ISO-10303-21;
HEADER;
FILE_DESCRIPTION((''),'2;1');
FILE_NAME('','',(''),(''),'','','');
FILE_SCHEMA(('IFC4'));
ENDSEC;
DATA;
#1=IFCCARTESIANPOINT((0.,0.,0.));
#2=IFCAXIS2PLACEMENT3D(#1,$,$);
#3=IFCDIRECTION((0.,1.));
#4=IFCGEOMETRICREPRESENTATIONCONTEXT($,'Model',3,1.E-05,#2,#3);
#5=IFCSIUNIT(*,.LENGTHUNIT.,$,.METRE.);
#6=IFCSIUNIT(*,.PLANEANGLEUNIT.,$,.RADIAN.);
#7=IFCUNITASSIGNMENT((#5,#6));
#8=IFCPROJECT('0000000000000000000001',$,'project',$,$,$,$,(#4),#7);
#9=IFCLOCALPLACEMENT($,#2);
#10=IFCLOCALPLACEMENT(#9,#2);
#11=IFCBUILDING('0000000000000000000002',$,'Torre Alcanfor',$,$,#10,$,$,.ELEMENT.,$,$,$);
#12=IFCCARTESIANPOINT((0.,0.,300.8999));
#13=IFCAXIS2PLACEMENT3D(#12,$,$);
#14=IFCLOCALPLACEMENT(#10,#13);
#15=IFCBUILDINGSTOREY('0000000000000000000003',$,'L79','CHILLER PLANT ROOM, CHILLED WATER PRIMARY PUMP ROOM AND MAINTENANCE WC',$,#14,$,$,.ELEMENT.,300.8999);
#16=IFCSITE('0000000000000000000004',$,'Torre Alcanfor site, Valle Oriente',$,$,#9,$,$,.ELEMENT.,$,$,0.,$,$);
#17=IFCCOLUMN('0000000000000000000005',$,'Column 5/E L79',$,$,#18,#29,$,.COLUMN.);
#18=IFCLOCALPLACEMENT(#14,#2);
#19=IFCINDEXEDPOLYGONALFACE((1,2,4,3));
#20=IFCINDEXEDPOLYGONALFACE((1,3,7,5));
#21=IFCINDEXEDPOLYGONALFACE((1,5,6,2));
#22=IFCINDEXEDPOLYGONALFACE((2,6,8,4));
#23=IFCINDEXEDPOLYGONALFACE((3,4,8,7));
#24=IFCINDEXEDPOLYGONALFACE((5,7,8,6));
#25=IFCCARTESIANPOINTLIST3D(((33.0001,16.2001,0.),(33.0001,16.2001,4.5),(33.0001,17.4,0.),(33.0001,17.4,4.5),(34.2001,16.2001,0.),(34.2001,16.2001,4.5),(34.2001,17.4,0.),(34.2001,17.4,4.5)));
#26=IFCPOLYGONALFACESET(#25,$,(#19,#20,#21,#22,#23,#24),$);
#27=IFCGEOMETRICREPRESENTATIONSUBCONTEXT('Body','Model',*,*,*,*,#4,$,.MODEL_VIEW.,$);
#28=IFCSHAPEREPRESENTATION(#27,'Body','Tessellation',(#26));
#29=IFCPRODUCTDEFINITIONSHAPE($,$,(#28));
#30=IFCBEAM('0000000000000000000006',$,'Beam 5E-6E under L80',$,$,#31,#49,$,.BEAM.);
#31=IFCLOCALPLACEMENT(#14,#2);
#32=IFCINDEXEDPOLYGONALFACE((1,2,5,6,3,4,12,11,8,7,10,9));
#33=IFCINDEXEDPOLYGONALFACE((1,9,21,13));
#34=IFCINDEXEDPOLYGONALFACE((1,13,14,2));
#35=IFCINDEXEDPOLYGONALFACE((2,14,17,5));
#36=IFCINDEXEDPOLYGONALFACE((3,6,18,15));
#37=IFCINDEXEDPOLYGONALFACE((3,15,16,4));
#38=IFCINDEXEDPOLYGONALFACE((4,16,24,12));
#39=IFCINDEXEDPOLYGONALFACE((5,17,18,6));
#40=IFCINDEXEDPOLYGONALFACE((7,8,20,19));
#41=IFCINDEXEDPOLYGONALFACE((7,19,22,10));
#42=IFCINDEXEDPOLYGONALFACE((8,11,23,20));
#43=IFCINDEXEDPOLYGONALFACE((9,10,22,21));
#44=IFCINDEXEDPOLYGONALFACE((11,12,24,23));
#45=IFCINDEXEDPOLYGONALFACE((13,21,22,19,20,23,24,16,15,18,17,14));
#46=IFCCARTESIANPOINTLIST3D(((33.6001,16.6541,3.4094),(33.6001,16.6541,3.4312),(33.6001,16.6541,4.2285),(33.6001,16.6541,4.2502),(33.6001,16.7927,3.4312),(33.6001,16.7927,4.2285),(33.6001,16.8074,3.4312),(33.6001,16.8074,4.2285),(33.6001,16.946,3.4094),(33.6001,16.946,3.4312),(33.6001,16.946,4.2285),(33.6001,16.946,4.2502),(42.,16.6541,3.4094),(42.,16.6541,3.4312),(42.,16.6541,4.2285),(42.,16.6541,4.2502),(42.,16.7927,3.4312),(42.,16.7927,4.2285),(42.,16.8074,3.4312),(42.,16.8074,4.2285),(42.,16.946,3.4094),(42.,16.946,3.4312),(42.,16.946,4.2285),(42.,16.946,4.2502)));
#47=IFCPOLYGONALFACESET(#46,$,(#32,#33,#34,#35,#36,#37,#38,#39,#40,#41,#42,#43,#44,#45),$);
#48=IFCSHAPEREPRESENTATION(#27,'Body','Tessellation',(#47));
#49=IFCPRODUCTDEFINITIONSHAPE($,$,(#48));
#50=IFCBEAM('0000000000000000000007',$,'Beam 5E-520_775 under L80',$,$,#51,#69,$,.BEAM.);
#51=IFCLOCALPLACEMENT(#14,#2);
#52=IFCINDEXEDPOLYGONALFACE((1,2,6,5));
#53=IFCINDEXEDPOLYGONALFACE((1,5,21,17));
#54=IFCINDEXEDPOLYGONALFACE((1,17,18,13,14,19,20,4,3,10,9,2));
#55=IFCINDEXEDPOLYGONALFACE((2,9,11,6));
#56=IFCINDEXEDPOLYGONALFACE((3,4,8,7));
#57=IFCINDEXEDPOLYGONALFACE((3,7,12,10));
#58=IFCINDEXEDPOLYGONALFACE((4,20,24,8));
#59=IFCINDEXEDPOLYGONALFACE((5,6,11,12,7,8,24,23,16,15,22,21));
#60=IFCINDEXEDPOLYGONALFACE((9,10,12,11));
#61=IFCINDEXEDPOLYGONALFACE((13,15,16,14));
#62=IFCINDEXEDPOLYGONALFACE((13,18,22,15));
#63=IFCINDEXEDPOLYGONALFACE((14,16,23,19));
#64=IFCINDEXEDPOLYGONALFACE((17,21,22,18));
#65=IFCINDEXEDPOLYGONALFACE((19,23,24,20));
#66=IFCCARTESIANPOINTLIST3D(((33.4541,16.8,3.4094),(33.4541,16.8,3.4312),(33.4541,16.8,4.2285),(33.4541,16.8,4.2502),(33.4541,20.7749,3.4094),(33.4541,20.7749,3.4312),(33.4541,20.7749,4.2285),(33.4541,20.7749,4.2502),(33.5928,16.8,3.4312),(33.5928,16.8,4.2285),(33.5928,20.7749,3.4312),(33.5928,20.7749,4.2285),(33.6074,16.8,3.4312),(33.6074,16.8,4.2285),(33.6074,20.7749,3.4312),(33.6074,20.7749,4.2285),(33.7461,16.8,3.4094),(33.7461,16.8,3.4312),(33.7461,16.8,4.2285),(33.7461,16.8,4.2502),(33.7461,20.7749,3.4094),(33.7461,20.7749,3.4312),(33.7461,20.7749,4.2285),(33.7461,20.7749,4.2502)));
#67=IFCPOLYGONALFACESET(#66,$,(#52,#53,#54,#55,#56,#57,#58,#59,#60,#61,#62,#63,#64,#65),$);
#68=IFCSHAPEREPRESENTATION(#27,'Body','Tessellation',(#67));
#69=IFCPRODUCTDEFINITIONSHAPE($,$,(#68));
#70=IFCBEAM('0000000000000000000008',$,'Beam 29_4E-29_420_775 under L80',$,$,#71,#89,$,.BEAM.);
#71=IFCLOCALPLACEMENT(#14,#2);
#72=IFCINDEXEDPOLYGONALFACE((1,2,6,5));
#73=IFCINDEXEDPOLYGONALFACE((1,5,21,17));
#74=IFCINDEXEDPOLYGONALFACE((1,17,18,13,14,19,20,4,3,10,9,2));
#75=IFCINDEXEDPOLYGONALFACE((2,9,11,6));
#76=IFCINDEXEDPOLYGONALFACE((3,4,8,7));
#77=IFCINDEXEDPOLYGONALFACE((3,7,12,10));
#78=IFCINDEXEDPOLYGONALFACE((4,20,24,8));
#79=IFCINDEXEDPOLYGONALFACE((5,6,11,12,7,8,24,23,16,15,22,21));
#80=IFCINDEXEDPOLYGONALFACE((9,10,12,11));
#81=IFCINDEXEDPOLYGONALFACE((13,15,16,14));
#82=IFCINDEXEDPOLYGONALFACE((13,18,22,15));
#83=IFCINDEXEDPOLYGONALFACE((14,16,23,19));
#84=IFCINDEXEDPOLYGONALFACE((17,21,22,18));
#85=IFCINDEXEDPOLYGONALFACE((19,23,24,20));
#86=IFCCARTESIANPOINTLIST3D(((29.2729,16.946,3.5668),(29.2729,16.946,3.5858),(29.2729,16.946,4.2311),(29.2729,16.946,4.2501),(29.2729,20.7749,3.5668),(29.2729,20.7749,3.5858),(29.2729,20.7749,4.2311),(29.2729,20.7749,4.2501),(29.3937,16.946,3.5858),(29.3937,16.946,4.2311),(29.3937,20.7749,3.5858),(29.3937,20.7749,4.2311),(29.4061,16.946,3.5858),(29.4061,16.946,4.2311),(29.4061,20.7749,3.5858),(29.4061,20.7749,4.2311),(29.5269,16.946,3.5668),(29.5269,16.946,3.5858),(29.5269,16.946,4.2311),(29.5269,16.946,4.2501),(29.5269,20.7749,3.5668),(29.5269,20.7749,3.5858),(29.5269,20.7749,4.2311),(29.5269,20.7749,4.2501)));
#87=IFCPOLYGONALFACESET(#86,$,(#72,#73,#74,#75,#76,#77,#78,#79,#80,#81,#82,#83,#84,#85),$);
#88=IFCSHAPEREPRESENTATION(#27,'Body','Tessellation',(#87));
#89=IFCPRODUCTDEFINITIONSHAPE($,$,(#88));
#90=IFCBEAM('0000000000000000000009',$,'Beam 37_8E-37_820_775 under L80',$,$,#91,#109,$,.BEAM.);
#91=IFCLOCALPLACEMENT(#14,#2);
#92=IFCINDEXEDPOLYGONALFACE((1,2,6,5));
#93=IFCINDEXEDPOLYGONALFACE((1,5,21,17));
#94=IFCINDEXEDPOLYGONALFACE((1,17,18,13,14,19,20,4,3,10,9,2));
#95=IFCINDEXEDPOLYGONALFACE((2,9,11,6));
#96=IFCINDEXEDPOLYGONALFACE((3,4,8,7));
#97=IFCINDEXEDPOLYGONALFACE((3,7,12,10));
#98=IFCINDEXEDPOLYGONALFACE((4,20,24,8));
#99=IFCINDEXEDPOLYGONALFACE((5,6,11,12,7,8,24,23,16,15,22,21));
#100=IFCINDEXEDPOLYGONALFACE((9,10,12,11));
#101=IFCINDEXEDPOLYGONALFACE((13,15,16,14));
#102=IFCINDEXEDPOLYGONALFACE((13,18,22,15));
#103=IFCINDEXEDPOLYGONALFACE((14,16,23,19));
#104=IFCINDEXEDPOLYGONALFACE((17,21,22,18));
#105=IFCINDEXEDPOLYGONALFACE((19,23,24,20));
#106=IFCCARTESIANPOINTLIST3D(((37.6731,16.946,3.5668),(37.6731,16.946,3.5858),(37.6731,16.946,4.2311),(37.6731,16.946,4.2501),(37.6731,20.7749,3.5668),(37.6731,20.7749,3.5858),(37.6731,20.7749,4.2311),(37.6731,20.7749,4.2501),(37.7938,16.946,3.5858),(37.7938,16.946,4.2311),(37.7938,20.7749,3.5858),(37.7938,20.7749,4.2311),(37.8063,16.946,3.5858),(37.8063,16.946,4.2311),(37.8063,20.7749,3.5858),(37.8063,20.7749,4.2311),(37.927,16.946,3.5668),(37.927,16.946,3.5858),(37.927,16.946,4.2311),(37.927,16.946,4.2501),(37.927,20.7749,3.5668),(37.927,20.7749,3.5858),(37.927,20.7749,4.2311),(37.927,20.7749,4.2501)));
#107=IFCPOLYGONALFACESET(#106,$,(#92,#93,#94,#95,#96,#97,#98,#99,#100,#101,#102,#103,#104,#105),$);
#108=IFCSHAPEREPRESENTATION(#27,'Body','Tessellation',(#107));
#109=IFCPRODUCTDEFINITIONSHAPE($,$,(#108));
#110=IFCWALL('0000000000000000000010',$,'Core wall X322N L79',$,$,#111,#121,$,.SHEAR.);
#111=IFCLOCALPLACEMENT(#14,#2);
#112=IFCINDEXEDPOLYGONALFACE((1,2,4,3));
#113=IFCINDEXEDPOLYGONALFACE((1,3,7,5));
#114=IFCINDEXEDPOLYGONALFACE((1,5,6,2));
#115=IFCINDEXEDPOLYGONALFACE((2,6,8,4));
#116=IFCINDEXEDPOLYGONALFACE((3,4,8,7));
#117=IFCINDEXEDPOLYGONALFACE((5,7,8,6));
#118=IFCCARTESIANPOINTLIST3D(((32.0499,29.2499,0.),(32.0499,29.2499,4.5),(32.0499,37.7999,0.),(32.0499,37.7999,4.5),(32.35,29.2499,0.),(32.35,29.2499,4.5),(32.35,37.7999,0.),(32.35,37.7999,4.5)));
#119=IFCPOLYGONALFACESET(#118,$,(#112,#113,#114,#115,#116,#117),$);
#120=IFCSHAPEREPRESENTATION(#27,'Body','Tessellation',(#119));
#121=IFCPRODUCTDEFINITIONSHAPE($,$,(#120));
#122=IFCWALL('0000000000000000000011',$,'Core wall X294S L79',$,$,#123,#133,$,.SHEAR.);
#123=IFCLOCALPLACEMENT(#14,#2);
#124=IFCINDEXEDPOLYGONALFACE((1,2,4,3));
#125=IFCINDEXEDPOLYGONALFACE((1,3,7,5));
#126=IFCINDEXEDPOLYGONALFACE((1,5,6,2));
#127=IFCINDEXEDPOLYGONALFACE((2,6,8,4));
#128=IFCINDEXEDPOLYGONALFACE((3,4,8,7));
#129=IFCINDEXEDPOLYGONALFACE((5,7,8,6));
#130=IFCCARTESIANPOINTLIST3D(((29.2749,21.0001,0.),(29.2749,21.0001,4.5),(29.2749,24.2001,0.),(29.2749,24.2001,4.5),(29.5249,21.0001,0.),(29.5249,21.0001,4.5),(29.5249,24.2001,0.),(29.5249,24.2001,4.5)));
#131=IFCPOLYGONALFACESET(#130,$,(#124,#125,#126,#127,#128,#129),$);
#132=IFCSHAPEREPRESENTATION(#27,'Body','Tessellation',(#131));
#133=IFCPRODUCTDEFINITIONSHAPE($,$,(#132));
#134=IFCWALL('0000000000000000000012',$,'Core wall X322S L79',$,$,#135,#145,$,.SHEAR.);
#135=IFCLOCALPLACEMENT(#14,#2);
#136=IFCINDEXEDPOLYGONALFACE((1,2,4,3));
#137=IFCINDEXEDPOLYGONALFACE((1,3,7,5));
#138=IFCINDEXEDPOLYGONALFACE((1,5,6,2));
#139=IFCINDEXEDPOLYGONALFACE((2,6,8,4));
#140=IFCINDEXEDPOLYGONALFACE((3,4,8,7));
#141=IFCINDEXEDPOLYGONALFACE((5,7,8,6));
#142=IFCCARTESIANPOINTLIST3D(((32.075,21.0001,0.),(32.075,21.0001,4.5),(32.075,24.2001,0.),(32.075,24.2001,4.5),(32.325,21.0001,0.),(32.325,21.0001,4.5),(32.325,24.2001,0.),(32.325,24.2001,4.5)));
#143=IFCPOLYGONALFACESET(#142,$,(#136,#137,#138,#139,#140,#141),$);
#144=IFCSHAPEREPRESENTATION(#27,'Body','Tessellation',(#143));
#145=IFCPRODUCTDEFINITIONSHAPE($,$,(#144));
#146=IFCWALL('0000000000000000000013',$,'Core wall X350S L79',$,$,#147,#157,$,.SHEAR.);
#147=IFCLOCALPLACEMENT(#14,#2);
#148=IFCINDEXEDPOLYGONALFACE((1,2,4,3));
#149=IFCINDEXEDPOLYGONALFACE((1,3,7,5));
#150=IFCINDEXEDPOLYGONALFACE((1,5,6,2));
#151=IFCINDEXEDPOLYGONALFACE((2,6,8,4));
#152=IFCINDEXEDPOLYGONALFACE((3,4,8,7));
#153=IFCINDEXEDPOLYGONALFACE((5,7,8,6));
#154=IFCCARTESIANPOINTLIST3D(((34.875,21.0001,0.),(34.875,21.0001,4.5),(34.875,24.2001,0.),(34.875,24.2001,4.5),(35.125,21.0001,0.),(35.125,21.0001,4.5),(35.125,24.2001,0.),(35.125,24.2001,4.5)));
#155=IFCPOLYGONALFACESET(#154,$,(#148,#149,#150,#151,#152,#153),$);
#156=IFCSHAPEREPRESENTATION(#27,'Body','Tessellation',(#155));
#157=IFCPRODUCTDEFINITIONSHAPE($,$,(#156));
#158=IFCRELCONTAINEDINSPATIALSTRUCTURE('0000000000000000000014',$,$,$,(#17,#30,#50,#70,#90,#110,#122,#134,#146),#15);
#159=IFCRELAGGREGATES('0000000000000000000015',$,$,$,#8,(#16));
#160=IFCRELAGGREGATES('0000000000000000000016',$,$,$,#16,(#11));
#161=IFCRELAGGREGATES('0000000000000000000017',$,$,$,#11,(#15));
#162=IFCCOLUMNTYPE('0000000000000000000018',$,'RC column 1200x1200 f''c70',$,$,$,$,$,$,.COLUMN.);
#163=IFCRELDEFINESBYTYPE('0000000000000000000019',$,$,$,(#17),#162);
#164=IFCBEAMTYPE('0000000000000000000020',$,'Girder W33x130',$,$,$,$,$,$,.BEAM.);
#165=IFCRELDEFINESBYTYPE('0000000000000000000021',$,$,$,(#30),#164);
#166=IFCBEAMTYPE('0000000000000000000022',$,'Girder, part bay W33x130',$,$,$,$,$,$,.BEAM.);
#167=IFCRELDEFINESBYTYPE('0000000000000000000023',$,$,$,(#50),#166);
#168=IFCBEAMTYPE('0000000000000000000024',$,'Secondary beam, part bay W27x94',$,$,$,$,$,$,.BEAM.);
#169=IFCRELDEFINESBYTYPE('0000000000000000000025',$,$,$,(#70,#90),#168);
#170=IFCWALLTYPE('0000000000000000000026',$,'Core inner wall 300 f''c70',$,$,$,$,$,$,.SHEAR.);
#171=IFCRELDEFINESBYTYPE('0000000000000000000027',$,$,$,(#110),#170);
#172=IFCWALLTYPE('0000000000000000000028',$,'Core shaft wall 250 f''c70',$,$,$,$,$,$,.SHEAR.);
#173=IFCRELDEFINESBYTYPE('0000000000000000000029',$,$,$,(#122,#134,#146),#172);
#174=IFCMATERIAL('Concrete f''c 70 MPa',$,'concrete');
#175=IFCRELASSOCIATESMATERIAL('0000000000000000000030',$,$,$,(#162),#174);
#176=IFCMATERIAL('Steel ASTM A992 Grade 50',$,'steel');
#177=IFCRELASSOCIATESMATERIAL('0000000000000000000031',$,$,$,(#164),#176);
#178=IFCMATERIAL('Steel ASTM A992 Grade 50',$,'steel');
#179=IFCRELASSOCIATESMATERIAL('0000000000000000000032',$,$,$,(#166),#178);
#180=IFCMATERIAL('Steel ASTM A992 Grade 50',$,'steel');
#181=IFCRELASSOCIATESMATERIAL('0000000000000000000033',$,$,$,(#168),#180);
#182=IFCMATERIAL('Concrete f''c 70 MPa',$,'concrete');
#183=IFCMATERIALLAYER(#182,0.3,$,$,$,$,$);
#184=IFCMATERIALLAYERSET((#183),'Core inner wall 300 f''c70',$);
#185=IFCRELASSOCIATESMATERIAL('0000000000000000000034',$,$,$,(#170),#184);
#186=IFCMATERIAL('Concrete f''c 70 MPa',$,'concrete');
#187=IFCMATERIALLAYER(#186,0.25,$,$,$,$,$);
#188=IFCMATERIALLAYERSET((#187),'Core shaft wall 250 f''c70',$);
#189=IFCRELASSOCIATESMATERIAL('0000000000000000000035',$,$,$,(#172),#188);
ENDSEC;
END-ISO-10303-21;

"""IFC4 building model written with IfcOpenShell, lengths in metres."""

from ifc_helpers import new_model, si_unit, direction, frame, frame_2d, origin, origin_2d, place, context, subcontext, project, spatial, rectangle, i_section, extrude, material, layer, layer_set, material_profile, profile_set, type_object, element, save


model = new_model("IFC4")

# Units and contexts
model_context = context("Model", 3, precision=1e-05, world=origin(), true_north=direction((0.0, 1.0)))
body_context = subcontext(model_context, "Body", "Model", "MODEL_VIEW")
ifc_project = project(units=[si_unit("LENGTHUNIT", "METRE"), si_unit("PLANEANGLEUNIT", "RADIAN")], contexts=[model_context])

# Site, building, storey
site_placement = place(None, origin())
site = spatial("IfcSite", under=ifc_project, at=site_placement, Name="Torre Alcanfor site, Valle Oriente", CompositionType="ELEMENT", RefElevation=0.0)
building_placement = place(site_placement, origin())
building = spatial("IfcBuilding", under=site, at=building_placement, Name="Torre Alcanfor", CompositionType="ELEMENT")
storey_placement = place(building_placement, frame((0.0, 0.0, 300.8999)))
storey = spatial("IfcBuildingStorey", under=building, at=storey_placement, Name="L79", Description="CHILLER PLANT ROOM, CHILLED WATER PRIMARY PUMP ROOM AND MAINTENANCE WC", CompositionType="ELEMENT", Elevation=300.8999)

# Column
ifc_material_1 = material(Name="Concrete f'c 70 MPa", Category="concrete")
ifc_material_profile_1 = material_profile(ifc_material_1, rectangle(XDim=1.2, YDim=1.2, at=origin_2d()), Name="1200x1200")
ifc_profile_set_1 = profile_set([ifc_material_profile_1], Name="Concrete f'c 70 MPa")
column_type = type_object("IfcColumnType", Name="RC column 1200x1200 f'c70", PredefinedType="COLUMN", material=ifc_profile_set_1)
column_placement = place(storey_placement, frame((33.6001, 16.8, 0.0), z_axis=(0.0, 0.0, 1.0), x_axis=(1.0, 0.0, 0.0)))
element("IfcColumn", 1, at=column_placement, inside=storey, type_object=column_type, Name="Column 5/E L79", PredefinedType="COLUMN", context=body_context, shape_type="SweptSolid", body=[
    extrude(rectangle(XDim=1.2, YDim=1.2, at=origin_2d()), origin(), (0.0, 0.0, 1.0), 4.5),
])

# Beams
ifc_material_2 = material(Name="Steel ASTM A992 Grade 50", Category="steel")
ifc_material_profile_2 = material_profile(ifc_material_2, i_section(OverallWidth=0.292, OverallDepth=0.8408, WebThickness=0.0146, FlangeThickness=0.0217, at=origin_2d()), Name="W33x130")
ifc_profile_set_2 = profile_set([ifc_material_profile_2], Name="Steel ASTM A992 Grade 50")
beam_type_1 = type_object("IfcBeamType", Name="Girder W33x130", PredefinedType="BEAM", material=ifc_profile_set_2)
beam_1_placement = place(storey_placement, frame((33.6001, 16.8, 3.8298), z_axis=(1.0, 0.0, 0.0), x_axis=(0.0, 1.0, 0.0)))
element("IfcBeam", 2, at=beam_1_placement, inside=storey, type_object=beam_type_1, Name="Beam 5E-6E under L80", PredefinedType="BEAM", context=body_context, shape_type="SweptSolid", body=[
    extrude(i_section(OverallWidth=0.292, OverallDepth=0.8408, WebThickness=0.0146, FlangeThickness=0.0217, at=origin_2d()), origin(), (0.0, 0.0, 1.0), 8.3999),
])
ifc_material_3 = material(Name="Steel ASTM A992 Grade 50", Category="steel")
ifc_material_profile_3 = material_profile(ifc_material_3, i_section(OverallWidth=0.292, OverallDepth=0.8408, WebThickness=0.0146, FlangeThickness=0.0217, at=origin_2d()), Name="W33x130")
ifc_profile_set_3 = profile_set([ifc_material_profile_3], Name="Steel ASTM A992 Grade 50")
beam_type_2 = type_object("IfcBeamType", Name="Girder, part bay W33x130", PredefinedType="BEAM", material=ifc_profile_set_3)
beam_2_placement = place(storey_placement, frame((33.6001, 16.8, 3.8298), z_axis=(0.0, 1.0, 0.0), x_axis=(-1.0, 0.0, 0.0)))
element("IfcBeam", 3, at=beam_2_placement, inside=storey, type_object=beam_type_2, Name="Beam 5E-520_775 under L80", PredefinedType="BEAM", context=body_context, shape_type="SweptSolid", body=[
    extrude(i_section(OverallWidth=0.292, OverallDepth=0.8408, WebThickness=0.0146, FlangeThickness=0.0217, at=origin_2d()), origin(), (0.0, 0.0, 1.0), 3.9749),
])
ifc_material_4 = material(Name="Steel ASTM A992 Grade 50", Category="steel")
ifc_material_profile_4 = material_profile(ifc_material_4, i_section(OverallWidth=0.2539, OverallDepth=0.6833, WebThickness=0.0125, FlangeThickness=0.019, at=origin_2d()), Name="W27x94")
ifc_profile_set_4 = profile_set([ifc_material_profile_4], Name="Steel ASTM A992 Grade 50")
beam_type_3 = type_object("IfcBeamType", Name="Secondary beam, part bay W27x94", PredefinedType="BEAM", material=ifc_profile_set_4)
for number, where, z_axis, x_axis, name in (
    (4, (29.3999, 16.946, 3.9084), (0.0, 1.0, 0.0), (-1.0, 0.0, 0.0), "Beam 29_4E-29_420_775 under L80"),
    (5, (37.8, 16.946, 3.9084), (0.0, 1.0, 0.0), (-1.0, 0.0, 0.0), "Beam 37_8E-37_820_775 under L80"),
):
    element("IfcBeam", number, at=place(storey_placement, frame(where, z_axis=z_axis, x_axis=x_axis)), inside=storey, type_object=beam_type_3, Name=name, PredefinedType="BEAM", context=body_context, shape_type="SweptSolid", body=[
        extrude(i_section(OverallWidth=0.2539, OverallDepth=0.6833, WebThickness=0.0125, FlangeThickness=0.019, at=origin_2d()), origin(), (0.0, 0.0, 1.0), 3.8289),
    ])

# Walls
ifc_material_5 = material(Name="Concrete f'c 70 MPa", Category="concrete")
ifc_layer_1 = layer(ifc_material_5, 0.3)
ifc_layer_set_1 = layer_set([ifc_layer_1], Name="Core inner wall 300 f'c70")
wall_type_1 = type_object("IfcWallType", Name="Core inner wall 300 f'c70", PredefinedType="SHEAR", material=ifc_layer_set_1)
wall_1_placement = place(storey_placement, frame((32.2, 29.25, 0.0), z_axis=(0.0, 0.0, 1.0), x_axis=(0.0, 1.0, 0.0)))
element("IfcWall", 6, at=wall_1_placement, inside=storey, type_object=wall_type_1, Name="Core wall X322N L79", PredefinedType="SHEAR", context=body_context, shape_type="SweptSolid", body=[
    extrude(rectangle(XDim=8.55, YDim=0.3, at=frame_2d((4.2749, 0.0))), origin(), (0.0, 0.0, 1.0), 4.5),
])
ifc_material_6 = material(Name="Concrete f'c 70 MPa", Category="concrete")
ifc_layer_2 = layer(ifc_material_6, 0.25)
ifc_layer_set_2 = layer_set([ifc_layer_2], Name="Core shaft wall 250 f'c70")
wall_type_2 = type_object("IfcWallType", Name="Core shaft wall 250 f'c70", PredefinedType="SHEAR", material=ifc_layer_set_2)
for number, where, z_axis, x_axis, name in (
    (7, (29.3999, 21.0, 0.0), (0.0, 0.0, 1.0), (0.0, 1.0, 0.0), "Core wall X294S L79"),
    (8, (32.2, 21.0, 0.0), (0.0, 0.0, 1.0), (0.0, 1.0, 0.0), "Core wall X322S L79"),
    (9, (35.0, 21.0, 0.0), (0.0, 0.0, 1.0), (0.0, 1.0, 0.0), "Core wall X350S L79"),
):
    element("IfcWall", number, at=place(storey_placement, frame(where, z_axis=z_axis, x_axis=x_axis)), inside=storey, type_object=wall_type_2, Name=name, PredefinedType="SHEAR", context=body_context, shape_type="SweptSolid", body=[
        extrude(rectangle(XDim=3.2, YDim=0.25, at=frame_2d((1.6001, 0.0))), origin(), (0.0, 0.0, 1.0), 4.5),
    ])

save(model, "model.ifc")
